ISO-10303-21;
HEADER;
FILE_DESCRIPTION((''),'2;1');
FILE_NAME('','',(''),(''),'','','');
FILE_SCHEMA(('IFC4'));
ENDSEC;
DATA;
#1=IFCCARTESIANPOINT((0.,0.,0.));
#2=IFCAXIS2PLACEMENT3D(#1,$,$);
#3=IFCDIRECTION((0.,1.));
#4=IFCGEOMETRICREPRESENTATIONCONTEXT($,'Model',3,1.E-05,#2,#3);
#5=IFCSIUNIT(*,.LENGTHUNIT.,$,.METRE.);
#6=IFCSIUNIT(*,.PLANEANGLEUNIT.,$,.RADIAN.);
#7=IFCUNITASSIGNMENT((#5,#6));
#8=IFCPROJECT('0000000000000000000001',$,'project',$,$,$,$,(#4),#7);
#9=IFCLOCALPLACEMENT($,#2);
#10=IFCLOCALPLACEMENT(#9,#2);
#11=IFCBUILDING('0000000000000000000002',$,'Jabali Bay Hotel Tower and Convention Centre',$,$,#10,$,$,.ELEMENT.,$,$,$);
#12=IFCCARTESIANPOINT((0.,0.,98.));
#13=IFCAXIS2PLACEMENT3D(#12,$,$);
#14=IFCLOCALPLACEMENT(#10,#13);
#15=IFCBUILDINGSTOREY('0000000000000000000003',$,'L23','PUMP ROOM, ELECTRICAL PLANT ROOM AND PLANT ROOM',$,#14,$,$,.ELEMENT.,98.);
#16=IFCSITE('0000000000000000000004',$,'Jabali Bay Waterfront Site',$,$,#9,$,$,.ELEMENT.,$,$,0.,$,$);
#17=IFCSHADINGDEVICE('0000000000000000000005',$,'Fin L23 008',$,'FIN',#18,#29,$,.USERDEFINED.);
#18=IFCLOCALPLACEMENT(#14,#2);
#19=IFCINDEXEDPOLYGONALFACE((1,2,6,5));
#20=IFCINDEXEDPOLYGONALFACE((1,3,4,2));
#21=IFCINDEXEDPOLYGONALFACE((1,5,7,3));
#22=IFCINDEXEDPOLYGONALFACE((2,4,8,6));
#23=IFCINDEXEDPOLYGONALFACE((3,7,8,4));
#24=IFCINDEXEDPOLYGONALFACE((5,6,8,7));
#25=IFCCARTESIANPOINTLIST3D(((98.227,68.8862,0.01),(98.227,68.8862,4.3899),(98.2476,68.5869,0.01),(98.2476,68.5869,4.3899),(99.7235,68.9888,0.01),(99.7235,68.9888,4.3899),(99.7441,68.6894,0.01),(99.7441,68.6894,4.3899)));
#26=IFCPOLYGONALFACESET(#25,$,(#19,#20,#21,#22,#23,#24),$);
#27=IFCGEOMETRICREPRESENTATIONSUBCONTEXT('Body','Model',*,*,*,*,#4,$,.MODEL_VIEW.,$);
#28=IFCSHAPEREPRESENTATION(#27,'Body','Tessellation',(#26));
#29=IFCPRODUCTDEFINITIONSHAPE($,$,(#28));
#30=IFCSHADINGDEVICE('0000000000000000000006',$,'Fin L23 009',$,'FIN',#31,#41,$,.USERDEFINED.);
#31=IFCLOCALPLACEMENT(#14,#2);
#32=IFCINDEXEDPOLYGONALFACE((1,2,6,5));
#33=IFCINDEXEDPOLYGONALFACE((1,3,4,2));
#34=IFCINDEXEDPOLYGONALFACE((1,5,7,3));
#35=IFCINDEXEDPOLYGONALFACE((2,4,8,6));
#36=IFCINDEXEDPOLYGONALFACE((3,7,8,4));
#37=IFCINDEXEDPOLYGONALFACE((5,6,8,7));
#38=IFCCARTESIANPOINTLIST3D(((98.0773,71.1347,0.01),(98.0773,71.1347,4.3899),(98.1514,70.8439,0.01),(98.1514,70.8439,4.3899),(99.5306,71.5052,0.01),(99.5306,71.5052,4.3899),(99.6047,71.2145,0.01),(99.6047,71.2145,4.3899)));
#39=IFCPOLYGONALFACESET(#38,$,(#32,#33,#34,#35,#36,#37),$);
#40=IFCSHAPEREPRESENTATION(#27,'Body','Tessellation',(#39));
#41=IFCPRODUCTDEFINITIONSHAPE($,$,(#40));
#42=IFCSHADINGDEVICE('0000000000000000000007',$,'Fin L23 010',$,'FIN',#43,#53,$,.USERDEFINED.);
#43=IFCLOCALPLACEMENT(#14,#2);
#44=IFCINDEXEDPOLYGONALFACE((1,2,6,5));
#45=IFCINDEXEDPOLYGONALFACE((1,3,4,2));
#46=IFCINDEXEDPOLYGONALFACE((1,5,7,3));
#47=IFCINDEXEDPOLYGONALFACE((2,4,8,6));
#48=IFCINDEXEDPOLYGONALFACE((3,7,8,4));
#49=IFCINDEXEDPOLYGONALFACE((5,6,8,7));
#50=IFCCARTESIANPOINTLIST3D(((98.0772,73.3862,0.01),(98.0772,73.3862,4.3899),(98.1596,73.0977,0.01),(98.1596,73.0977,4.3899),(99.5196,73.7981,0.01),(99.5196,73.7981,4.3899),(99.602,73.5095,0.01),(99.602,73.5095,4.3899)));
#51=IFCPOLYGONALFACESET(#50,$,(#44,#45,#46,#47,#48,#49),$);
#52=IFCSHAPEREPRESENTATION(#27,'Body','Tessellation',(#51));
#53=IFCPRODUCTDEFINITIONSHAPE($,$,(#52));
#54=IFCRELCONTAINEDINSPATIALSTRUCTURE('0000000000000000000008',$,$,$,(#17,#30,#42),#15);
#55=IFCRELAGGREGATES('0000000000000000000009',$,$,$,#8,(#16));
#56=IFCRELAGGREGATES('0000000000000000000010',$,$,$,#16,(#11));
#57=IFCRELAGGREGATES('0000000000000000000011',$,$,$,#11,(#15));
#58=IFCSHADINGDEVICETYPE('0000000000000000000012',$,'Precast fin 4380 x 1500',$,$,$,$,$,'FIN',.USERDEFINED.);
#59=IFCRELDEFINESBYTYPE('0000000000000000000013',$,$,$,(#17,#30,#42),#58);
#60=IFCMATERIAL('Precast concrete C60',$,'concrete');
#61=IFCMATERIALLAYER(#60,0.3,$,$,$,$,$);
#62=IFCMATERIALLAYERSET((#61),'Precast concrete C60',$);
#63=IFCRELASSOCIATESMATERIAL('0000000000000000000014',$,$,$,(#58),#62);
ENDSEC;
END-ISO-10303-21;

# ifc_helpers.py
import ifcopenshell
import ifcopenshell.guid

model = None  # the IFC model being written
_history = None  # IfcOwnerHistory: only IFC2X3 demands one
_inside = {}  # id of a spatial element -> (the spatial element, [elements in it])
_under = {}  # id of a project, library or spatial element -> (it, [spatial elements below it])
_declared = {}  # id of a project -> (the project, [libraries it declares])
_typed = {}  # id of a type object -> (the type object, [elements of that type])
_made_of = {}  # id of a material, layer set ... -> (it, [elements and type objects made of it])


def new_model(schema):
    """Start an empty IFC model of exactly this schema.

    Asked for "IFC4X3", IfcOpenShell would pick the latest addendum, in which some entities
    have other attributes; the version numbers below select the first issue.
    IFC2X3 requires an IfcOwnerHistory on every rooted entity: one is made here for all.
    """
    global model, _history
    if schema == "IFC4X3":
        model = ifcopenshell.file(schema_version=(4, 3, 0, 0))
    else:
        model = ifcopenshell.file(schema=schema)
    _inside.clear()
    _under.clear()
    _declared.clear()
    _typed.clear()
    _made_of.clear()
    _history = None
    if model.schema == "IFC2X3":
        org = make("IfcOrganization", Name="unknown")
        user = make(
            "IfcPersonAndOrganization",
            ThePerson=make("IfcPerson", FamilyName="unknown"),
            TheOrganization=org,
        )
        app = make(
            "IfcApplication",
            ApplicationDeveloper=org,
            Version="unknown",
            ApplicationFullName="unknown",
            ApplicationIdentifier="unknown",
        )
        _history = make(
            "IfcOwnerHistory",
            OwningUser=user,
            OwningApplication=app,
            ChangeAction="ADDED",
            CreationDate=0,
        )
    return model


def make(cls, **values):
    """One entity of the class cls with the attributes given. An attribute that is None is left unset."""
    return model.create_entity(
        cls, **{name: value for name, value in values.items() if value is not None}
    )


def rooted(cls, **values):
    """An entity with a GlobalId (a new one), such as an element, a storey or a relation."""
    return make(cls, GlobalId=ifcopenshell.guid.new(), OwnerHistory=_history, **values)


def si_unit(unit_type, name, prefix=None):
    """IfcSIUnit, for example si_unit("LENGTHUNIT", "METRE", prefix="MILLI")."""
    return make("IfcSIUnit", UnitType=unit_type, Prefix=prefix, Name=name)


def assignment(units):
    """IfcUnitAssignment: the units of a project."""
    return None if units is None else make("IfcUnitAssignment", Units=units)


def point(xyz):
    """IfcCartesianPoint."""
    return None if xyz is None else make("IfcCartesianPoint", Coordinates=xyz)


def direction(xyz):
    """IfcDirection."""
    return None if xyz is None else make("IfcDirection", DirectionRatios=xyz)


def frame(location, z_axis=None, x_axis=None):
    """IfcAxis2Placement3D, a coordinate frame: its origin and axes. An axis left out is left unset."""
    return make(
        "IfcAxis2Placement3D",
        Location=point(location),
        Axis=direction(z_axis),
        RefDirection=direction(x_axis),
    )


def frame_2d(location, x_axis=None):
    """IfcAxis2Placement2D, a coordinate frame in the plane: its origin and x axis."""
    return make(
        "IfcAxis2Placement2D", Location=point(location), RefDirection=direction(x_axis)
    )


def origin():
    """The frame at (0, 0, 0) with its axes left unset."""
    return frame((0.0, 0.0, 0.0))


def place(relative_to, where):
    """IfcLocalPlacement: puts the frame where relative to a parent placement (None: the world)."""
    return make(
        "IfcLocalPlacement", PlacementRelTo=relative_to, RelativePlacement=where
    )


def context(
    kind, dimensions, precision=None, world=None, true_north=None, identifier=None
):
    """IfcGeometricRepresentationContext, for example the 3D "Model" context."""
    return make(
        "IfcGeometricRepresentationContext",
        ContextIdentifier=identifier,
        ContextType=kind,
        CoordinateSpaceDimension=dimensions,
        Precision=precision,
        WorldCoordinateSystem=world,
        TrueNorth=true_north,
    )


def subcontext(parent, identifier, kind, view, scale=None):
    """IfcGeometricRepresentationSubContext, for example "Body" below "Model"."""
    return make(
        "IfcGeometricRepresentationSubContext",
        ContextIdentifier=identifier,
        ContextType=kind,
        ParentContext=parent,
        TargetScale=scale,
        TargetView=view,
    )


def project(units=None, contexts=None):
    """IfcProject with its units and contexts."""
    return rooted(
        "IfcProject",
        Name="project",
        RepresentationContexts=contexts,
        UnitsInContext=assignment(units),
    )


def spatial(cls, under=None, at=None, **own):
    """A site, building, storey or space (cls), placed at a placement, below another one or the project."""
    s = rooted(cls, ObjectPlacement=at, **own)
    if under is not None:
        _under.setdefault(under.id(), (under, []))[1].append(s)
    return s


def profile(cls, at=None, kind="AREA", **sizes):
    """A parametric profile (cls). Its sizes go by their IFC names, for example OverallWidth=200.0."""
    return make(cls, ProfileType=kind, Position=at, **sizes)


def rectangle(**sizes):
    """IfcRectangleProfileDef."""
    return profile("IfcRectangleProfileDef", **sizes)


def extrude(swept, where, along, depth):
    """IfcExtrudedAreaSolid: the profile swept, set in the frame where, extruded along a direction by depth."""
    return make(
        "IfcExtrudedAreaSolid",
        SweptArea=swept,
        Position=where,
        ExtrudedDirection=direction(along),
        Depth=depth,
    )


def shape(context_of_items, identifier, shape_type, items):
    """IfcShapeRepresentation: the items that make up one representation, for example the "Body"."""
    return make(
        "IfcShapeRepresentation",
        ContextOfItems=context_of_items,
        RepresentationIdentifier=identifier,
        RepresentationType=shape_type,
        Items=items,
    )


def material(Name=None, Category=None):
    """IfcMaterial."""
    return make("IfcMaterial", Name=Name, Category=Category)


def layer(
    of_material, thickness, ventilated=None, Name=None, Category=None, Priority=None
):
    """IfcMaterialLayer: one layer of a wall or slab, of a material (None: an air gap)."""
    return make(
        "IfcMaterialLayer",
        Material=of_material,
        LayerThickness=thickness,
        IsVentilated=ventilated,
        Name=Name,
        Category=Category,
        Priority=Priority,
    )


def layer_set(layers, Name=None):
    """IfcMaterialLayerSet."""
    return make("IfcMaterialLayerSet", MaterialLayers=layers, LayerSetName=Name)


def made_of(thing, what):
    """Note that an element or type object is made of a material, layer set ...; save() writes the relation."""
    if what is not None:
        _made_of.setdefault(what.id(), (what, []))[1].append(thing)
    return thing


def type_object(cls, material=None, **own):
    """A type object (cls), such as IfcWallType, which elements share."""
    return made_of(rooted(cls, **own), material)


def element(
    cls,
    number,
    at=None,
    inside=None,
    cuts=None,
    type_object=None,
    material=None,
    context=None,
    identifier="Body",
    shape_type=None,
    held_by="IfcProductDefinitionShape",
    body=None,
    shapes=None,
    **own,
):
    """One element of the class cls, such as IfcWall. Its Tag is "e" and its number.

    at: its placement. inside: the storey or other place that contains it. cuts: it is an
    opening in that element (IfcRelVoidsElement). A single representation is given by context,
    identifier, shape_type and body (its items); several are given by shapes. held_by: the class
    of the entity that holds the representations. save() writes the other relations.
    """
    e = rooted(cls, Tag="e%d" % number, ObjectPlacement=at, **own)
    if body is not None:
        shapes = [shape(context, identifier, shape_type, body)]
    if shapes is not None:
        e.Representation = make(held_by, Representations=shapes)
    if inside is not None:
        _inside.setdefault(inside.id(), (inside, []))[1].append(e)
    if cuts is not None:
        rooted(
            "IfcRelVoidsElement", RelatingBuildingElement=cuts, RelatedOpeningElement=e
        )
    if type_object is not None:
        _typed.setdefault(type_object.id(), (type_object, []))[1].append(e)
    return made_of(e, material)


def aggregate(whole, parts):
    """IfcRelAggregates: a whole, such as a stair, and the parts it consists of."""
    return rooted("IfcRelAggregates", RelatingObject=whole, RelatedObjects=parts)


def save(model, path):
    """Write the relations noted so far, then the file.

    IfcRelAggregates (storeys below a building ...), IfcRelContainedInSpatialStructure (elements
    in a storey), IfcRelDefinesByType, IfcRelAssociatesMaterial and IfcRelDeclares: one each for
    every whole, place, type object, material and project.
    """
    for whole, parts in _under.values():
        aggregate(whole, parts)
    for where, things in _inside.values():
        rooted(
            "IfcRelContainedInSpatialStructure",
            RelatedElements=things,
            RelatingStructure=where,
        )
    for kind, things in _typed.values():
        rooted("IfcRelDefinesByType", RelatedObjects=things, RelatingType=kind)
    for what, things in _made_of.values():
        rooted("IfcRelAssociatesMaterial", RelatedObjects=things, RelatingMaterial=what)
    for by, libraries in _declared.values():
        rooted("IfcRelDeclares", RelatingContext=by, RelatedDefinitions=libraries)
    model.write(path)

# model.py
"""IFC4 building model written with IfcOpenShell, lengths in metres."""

from ifc_helpers import new_model, si_unit, direction, frame, frame_2d, origin, place, context, subcontext, project, spatial, rectangle, extrude, material, layer, layer_set, type_object, element, save


model = new_model("IFC4")

# Units and contexts
model_context = context("Model", 3, precision=1e-05, world=origin(), true_north=direction((0.0, 1.0)))
body_context = subcontext(model_context, "Body", "Model", "MODEL_VIEW")
ifc_project = project(units=[si_unit("LENGTHUNIT", "METRE"), si_unit("PLANEANGLEUNIT", "RADIAN")], contexts=[model_context])

# Site, building, storey
site_placement = place(None, origin())
site = spatial("IfcSite", under=ifc_project, at=site_placement, Name="Jabali Bay Waterfront Site", CompositionType="ELEMENT", RefElevation=0.0)
building_placement = place(site_placement, origin())
building = spatial("IfcBuilding", under=site, at=building_placement, Name="Jabali Bay Hotel Tower and Convention Centre", CompositionType="ELEMENT")
storey_placement = place(building_placement, frame((0.0, 0.0, 98.0)))
storey = spatial("IfcBuildingStorey", under=building, at=storey_placement, Name="L23", Description="PUMP ROOM, ELECTRICAL PLANT ROOM AND PLANT ROOM", CompositionType="ELEMENT", Elevation=98.0)

# Shading devices
ifc_material_1 = material(Name="Precast concrete C60", Category="concrete")
ifc_layer_1 = layer(ifc_material_1, 0.3)
ifc_layer_set_1 = layer_set([ifc_layer_1], Name="Precast concrete C60")
shading_device_type_1 = type_object("IfcShadingDeviceType", Name="Precast fin 4380 x 1500", ElementType="FIN", PredefinedType="USERDEFINED", material=ifc_layer_set_1)
shading_device_1_placement = place(storey_placement, frame((98.2373, 68.7366, 0.01), z_axis=(0.0, 0.0, 1.0), x_axis=(0.997661, 0.068355, 0.0)))
element("IfcShadingDevice", 1, at=shading_device_1_placement, inside=storey, type_object=shading_device_type_1, Name="Fin L23 008", ObjectType="FIN", PredefinedType="USERDEFINED", context=body_context, shape_type="SweptSolid", body=[
    extrude(rectangle(XDim=1.5, YDim=0.3, at=frame_2d((0.75, 0.0))), origin(), (0.0, 0.0, 1.0), 4.3799),
])
shading_device_2_placement = place(storey_placement, frame((98.1143, 70.9893, 0.01), z_axis=(0.0, 0.0, 1.0), x_axis=(0.968992, 0.247091, 0.0)))
element("IfcShadingDevice", 2, at=shading_device_2_placement, inside=storey, type_object=shading_device_type_1, Name="Fin L23 009", ObjectType="FIN", PredefinedType="USERDEFINED", context=body_context, shape_type="SweptSolid", body=[
    extrude(rectangle(XDim=1.4998, YDim=0.3, at=frame_2d((0.75, 0.0))), origin(), (0.0, 0.0, 1.0), 4.3799),
])
shading_device_3_placement = place(storey_placement, frame((98.1184, 73.2419, 0.01), z_axis=(0.0, 0.0, 1.0), x_axis=(0.961567, 0.274571, 0.0)))
element("IfcShadingDevice", 3, at=shading_device_3_placement, inside=storey, type_object=shading_device_type_1, Name="Fin L23 010", ObjectType="FIN", PredefinedType="USERDEFINED", context=body_context, shape_type="SweptSolid", body=[
    extrude(rectangle(XDim=1.5, YDim=0.3, at=frame_2d((0.75, 0.0))), origin(), (0.0, 0.0, 1.0), 4.3799),
])

save(model, "model.ifc")
